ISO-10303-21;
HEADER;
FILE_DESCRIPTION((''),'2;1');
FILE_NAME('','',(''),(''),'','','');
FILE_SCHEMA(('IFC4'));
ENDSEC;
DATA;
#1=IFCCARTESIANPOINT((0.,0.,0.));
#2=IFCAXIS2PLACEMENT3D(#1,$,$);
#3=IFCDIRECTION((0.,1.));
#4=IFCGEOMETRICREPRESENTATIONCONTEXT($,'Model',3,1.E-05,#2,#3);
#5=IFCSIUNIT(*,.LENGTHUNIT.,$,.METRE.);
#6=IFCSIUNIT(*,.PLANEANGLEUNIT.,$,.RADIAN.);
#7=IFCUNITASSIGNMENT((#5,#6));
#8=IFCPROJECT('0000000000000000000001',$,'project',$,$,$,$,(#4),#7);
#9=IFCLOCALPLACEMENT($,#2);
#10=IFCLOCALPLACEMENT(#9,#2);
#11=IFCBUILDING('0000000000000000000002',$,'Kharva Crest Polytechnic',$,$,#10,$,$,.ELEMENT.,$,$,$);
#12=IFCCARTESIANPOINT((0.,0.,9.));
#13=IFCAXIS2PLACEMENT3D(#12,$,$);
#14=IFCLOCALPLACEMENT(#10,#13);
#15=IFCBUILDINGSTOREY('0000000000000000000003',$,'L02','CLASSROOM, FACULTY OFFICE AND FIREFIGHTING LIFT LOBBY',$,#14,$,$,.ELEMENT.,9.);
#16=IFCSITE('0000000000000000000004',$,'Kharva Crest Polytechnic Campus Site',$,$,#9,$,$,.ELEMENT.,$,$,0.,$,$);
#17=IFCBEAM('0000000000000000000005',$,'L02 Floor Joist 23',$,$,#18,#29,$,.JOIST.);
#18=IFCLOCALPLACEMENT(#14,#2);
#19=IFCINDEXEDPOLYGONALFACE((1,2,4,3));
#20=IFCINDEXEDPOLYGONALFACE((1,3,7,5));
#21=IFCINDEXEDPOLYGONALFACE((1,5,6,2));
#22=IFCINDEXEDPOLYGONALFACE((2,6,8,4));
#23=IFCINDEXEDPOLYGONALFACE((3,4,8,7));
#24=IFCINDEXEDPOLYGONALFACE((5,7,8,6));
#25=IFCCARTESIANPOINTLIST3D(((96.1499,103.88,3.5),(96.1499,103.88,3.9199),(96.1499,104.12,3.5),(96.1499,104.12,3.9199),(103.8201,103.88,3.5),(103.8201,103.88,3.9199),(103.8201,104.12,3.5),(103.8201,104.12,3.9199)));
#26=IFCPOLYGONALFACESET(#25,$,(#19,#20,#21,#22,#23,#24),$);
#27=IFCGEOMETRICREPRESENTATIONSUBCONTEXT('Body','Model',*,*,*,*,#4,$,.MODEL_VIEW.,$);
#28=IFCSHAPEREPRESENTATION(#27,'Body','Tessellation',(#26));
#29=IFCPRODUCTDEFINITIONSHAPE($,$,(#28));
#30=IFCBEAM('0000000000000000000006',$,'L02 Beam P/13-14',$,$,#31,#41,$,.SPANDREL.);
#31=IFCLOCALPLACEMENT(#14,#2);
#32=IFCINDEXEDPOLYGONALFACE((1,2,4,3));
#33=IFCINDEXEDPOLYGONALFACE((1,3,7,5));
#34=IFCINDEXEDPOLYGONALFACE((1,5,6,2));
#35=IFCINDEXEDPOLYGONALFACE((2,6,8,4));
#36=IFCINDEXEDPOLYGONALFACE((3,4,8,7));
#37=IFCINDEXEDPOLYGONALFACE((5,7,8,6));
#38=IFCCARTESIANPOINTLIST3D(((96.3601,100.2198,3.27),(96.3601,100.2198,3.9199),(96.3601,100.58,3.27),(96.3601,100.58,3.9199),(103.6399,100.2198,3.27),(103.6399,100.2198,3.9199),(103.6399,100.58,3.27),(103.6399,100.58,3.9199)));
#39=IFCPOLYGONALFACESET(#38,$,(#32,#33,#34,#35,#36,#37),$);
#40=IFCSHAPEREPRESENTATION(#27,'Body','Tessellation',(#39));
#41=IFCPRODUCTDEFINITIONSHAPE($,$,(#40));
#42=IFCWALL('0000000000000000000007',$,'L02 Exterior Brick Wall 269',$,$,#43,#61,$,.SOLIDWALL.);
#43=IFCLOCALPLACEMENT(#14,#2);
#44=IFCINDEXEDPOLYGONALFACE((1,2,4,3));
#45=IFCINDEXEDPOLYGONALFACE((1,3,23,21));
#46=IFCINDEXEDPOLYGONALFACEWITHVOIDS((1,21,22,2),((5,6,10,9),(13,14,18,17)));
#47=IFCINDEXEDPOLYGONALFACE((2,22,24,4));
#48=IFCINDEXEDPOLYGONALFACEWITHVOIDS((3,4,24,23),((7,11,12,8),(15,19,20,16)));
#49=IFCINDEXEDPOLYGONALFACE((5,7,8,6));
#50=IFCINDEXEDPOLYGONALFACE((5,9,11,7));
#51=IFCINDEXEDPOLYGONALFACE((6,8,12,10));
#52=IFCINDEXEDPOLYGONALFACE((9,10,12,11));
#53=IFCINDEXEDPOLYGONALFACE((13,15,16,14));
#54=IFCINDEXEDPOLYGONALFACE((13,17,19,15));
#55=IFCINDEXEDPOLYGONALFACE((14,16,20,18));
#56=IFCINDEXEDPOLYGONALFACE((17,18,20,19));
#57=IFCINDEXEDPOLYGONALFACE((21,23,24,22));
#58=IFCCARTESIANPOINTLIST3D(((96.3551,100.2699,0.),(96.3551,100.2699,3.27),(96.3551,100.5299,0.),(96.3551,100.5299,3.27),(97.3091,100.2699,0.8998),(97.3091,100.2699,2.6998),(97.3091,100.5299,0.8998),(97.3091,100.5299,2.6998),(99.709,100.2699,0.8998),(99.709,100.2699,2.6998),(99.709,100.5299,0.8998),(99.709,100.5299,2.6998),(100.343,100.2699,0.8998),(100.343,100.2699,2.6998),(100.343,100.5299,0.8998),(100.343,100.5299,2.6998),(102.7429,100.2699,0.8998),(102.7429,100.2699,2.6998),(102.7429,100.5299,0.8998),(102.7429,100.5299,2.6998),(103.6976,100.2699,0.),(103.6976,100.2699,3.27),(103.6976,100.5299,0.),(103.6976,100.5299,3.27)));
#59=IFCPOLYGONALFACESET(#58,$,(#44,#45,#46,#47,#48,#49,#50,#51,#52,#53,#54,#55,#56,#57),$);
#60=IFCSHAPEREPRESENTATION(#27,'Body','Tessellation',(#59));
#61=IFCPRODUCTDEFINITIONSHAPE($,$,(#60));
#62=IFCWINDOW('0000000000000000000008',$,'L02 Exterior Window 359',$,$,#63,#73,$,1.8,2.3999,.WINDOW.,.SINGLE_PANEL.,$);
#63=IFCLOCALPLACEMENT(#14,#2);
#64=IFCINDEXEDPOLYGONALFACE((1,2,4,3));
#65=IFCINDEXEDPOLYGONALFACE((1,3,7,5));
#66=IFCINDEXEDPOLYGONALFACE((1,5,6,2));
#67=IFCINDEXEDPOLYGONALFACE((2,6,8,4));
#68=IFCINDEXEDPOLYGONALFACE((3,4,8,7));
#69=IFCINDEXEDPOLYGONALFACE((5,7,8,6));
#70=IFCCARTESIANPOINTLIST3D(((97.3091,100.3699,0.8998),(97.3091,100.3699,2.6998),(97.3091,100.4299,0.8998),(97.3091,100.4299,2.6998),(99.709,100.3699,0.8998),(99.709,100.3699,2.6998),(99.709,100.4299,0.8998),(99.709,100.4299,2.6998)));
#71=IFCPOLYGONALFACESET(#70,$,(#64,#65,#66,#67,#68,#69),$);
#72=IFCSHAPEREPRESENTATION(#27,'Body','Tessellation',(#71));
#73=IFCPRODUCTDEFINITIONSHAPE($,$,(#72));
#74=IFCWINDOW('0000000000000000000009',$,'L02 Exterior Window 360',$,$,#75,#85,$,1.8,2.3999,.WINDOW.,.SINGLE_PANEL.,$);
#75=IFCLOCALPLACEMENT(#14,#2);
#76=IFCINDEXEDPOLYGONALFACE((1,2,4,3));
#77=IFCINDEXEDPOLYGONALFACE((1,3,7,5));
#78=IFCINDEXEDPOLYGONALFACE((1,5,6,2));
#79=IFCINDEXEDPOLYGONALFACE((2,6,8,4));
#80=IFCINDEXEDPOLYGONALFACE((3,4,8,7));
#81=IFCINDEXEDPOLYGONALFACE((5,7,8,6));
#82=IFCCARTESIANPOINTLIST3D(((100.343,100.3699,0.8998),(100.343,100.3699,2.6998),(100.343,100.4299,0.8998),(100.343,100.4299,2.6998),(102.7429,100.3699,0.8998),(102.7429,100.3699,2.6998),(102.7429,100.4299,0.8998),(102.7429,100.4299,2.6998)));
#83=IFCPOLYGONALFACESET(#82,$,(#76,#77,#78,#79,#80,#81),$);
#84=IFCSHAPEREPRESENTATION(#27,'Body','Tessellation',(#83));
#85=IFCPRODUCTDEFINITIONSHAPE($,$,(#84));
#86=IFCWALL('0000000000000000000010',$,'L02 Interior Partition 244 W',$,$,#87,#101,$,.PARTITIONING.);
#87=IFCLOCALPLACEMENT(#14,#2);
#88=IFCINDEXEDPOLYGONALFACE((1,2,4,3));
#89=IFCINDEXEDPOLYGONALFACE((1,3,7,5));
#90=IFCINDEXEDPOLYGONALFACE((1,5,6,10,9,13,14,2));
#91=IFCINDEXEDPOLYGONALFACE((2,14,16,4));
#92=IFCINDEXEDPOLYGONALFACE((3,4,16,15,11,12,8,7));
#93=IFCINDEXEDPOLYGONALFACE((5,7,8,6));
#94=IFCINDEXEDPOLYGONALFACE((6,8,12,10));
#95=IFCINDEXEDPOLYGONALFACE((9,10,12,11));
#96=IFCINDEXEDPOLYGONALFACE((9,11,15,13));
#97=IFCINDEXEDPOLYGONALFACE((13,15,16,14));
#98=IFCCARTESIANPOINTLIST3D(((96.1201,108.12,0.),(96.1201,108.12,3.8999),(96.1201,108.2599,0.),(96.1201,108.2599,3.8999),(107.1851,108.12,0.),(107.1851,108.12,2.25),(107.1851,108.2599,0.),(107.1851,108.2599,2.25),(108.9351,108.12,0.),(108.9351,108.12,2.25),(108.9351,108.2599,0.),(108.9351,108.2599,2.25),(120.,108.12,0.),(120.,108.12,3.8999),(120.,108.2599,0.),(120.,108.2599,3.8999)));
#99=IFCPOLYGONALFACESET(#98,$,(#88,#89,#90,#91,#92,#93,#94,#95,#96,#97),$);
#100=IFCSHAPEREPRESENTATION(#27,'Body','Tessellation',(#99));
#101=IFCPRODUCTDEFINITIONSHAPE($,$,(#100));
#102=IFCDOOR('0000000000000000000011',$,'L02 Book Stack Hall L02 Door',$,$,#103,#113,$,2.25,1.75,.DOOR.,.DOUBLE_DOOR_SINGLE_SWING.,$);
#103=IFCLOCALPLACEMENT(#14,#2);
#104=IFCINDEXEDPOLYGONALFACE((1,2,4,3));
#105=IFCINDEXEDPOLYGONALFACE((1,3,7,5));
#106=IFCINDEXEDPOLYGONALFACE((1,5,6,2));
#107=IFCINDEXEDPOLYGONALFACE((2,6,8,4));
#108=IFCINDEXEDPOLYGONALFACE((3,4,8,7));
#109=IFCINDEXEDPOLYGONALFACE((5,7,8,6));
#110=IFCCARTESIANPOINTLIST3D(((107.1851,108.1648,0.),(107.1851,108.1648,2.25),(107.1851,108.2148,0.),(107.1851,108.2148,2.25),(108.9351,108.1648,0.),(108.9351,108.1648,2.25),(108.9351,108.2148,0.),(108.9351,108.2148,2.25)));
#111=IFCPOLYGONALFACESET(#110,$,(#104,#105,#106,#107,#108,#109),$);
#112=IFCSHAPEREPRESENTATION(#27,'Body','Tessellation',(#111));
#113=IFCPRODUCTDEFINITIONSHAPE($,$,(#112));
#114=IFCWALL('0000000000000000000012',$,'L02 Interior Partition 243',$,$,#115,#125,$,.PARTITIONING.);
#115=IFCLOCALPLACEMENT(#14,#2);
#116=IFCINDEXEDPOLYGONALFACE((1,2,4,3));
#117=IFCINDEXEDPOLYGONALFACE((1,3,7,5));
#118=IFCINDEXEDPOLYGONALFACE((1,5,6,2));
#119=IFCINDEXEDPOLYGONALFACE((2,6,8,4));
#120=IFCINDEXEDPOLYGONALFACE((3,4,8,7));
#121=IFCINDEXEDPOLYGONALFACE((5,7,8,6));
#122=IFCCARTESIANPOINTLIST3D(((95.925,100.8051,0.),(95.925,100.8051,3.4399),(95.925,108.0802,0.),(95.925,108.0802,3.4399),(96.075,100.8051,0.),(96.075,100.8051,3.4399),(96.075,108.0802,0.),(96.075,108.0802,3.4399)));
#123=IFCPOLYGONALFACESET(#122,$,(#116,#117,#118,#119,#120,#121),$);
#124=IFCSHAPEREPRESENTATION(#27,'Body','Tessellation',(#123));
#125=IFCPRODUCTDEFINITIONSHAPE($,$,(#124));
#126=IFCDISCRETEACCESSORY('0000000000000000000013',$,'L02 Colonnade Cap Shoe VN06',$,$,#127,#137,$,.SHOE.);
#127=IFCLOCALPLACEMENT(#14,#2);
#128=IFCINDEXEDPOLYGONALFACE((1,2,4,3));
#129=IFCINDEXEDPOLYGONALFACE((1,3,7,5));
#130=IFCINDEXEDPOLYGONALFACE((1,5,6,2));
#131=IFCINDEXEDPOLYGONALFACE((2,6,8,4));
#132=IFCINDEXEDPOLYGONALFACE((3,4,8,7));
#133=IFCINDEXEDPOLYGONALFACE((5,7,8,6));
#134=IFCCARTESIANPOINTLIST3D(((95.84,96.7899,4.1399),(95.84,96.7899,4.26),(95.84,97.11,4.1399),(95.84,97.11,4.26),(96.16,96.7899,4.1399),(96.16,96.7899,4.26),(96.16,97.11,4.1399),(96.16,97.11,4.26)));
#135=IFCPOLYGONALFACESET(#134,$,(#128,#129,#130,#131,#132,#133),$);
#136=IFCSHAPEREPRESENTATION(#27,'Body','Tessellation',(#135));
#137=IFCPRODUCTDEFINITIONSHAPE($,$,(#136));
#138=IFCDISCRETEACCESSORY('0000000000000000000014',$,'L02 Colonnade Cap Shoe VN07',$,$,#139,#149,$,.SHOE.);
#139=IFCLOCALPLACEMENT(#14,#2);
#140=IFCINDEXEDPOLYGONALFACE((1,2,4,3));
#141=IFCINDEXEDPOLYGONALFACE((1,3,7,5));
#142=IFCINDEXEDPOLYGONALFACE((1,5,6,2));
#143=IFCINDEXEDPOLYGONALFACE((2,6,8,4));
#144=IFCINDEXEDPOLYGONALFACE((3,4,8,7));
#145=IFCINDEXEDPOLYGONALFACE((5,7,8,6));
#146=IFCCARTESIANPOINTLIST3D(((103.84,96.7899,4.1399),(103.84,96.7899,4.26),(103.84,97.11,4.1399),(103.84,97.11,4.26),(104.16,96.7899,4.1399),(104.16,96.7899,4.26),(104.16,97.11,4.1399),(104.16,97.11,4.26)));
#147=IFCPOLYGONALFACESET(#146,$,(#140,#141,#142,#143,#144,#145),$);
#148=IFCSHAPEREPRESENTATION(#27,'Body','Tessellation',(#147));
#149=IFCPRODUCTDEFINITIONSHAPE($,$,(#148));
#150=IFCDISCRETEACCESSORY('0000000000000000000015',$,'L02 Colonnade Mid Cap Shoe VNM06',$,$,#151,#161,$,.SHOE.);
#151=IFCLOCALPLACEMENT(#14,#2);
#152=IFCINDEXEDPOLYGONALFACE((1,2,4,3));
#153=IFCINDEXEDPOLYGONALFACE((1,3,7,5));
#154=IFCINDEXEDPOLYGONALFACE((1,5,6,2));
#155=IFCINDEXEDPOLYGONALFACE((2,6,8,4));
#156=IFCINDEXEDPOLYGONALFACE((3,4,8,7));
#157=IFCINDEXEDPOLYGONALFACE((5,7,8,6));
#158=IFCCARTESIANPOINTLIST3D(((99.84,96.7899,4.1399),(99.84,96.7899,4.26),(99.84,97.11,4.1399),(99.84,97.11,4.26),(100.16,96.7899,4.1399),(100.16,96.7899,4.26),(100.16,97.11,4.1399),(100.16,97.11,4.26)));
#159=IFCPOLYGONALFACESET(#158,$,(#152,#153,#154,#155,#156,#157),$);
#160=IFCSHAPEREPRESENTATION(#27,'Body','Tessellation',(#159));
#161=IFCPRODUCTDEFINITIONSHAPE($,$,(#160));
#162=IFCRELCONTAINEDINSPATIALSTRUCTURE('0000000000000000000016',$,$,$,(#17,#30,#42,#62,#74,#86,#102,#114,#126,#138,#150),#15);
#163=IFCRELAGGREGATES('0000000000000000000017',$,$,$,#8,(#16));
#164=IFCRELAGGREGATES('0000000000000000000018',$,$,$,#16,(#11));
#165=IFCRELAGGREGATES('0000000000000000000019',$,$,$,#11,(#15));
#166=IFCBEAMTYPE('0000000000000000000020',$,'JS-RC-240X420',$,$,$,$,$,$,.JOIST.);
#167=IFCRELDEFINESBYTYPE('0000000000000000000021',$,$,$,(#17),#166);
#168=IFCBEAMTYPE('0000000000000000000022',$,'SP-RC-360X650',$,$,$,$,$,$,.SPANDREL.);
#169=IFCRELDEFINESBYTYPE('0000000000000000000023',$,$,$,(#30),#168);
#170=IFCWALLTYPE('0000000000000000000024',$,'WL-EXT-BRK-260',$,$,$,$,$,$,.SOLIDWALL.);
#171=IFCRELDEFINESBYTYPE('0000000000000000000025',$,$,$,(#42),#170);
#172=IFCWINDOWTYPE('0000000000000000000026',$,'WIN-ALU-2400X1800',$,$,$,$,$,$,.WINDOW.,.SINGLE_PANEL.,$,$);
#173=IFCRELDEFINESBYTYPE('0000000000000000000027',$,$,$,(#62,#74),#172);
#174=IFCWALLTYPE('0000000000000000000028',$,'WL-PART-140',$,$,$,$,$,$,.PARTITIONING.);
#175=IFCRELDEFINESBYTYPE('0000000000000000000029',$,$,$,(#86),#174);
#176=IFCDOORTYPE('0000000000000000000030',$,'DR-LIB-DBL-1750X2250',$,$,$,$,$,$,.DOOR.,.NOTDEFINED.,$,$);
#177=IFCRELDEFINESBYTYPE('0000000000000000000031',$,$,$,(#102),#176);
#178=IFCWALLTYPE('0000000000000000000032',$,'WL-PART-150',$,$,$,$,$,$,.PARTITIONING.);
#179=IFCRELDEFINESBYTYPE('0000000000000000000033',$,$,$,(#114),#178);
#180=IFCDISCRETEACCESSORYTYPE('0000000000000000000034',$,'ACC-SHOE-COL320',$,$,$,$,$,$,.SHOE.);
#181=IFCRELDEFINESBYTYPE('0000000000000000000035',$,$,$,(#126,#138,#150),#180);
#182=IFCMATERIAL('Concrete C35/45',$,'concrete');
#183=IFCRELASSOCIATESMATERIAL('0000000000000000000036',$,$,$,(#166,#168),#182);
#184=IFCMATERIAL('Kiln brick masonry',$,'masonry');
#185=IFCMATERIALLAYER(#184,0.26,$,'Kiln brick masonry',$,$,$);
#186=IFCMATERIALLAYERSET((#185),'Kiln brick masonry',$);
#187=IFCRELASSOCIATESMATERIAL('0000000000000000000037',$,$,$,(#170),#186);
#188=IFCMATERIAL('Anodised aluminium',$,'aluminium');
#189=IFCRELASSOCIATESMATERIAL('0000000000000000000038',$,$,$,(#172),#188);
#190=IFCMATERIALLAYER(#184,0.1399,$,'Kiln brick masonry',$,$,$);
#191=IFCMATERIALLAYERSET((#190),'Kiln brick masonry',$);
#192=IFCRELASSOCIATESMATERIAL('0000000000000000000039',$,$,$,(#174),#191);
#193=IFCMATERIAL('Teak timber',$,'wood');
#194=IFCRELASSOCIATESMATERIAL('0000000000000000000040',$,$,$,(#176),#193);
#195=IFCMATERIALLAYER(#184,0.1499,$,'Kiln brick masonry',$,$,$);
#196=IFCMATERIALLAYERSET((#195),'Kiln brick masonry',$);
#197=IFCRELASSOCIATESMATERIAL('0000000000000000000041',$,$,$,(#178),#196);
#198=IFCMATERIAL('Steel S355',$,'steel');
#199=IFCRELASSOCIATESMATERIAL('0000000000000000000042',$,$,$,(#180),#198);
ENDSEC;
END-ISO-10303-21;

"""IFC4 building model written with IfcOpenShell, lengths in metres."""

from ifc_helpers import new_model, si_unit, direction, frame, frame_2d, origin, origin_2d, place, context, subcontext, project, spatial, rectangle, extrude, material, layer, layer_set, material_profile, profile_set, type_object, element, fill, save


model = new_model("IFC4")

# Units and contexts
model_context = context("Model", 3, precision=1e-05, world=origin(), true_north=direction((0.0, 1.0)))
body_context = subcontext(model_context, "Body", "Model", "MODEL_VIEW")
ifc_project = project(units=[si_unit("LENGTHUNIT", "METRE"), si_unit("PLANEANGLEUNIT", "RADIAN")], contexts=[model_context])

# Site, building, storey
site_placement = place(None, origin())
site = spatial("IfcSite", under=ifc_project, at=site_placement, Name="Kharva Crest Polytechnic Campus Site", CompositionType="ELEMENT", RefElevation=0.0)
building_placement = place(site_placement, origin())
building = spatial("IfcBuilding", under=site, at=building_placement, Name="Kharva Crest Polytechnic", CompositionType="ELEMENT")
storey_placement = place(building_placement, frame((0.0, 0.0, 9.0)))
storey = spatial("IfcBuildingStorey", under=building, at=storey_placement, Name="L02", Description="CLASSROOM, FACULTY OFFICE AND FIREFIGHTING LIFT LOBBY", CompositionType="ELEMENT", Elevation=9.0)

# Shared definitions
ifc_material_1 = material(Name="Steel S355", Category="steel")

# Beams
ifc_material_2 = material(Name="Concrete C35/45", Category="concrete")
ifc_material_profile_1 = material_profile(ifc_material_2, rectangle(XDim=0.24, YDim=0.4199, at=origin_2d()), Name="RECT 240 X 420")
ifc_profile_set_1 = profile_set([ifc_material_profile_1], Name="Concrete C35/45")
beam_type_1 = type_object("IfcBeamType", Name="JS-RC-240X420", PredefinedType="JOIST", material=ifc_profile_set_1)
beam_1_placement = place(storey_placement, frame((96.1499, 104.0, 3.71), z_axis=(1.0, 0.0, 0.0), x_axis=(0.0, 1.0, 0.0)))
element("IfcBeam", 1, at=beam_1_placement, inside=storey, type_object=beam_type_1, Name="L02 Floor Joist 23", PredefinedType="JOIST", context=body_context, shape_type="SweptSolid", body=[
    extrude(rectangle(XDim=0.24, YDim=0.4199, at=origin_2d()), origin(), (0.0, 0.0, 1.0), 7.6702),
])
ifc_material_profile_2 = material_profile(ifc_material_2, rectangle(XDim=0.3601, YDim=0.6499, at=origin_2d()), Name="RECT 360 X 650")
ifc_profile_set_2 = profile_set([ifc_material_profile_2], Name="Concrete C35/45")
beam_type_2 = type_object("IfcBeamType", Name="SP-RC-360X650", PredefinedType="SPANDREL", material=ifc_profile_set_2)
beam_2_placement = place(storey_placement, frame((96.3601, 100.3999, 3.595), z_axis=(1.0, 0.0, 0.0), x_axis=(0.0, 1.0, 0.0)))
element("IfcBeam", 2, at=beam_2_placement, inside=storey, type_object=beam_type_2, Name="L02 Beam P/13-14", PredefinedType="SPANDREL", context=body_context, shape_type="SweptSolid", body=[
    extrude(rectangle(XDim=0.3601, YDim=0.6499, at=origin_2d()), origin(), (0.0, 0.0, 1.0), 7.2798),
])

# Wall, openings, windows
ifc_material_3 = material(Name="Kiln brick masonry", Category="masonry")
ifc_layer_1 = layer(ifc_material_3, 0.26, Name="Kiln brick masonry")
ifc_layer_set_1 = layer_set([ifc_layer_1], Name="Kiln brick masonry")
wall_type_1 = type_object("IfcWallType", Name="WL-EXT-BRK-260", PredefinedType="SOLIDWALL", material=ifc_layer_set_1)
wall_1_placement = place(storey_placement, frame((96.355, 100.3999, 0.0), z_axis=(0.0, 0.0, 1.0), x_axis=(1.0, 0.0, 0.0)))
wall_1 = element("IfcWall", 3, at=wall_1_placement, inside=storey, type_object=wall_type_1, Name="L02 Exterior Brick Wall 269", PredefinedType="SOLIDWALL", context=body_context, shape_type="SweptSolid", body=[
    extrude(rectangle(XDim=7.3425, YDim=0.26, at=frame_2d((3.6714, 0.0))), origin(), (0.0, 0.0, 1.0), 3.27),
])
opening_1_placement = place(wall_1_placement, frame((0.9541, 0.0, 0.8999)))
opening_1 = element("IfcOpeningElement", 4, at=opening_1_placement, cuts=wall_1, PredefinedType="OPENING", context=body_context, shape_type="SweptSolid", body=[
    extrude(rectangle(XDim=2.3999, YDim=1.8, at=frame_2d((1.2, 0.8999))), frame((0.0, 0.1399, 0.0), z_axis=(0.0, -1.0, 0.0), x_axis=(1.0, 0.0, 0.0)), (0.0, 0.0, 1.0), 0.28),
])
opening_2_placement = place(wall_1_placement, frame((3.988, 0.0, 0.8999)))
opening_2 = element("IfcOpeningElement", 5, at=opening_2_placement, cuts=wall_1, PredefinedType="OPENING", context=body_context, shape_type="SweptSolid", body=[
    extrude(rectangle(XDim=2.3999, YDim=1.8, at=frame_2d((1.2, 0.8999))), frame((0.0, 0.1399, 0.0), z_axis=(0.0, -1.0, 0.0), x_axis=(1.0, 0.0, 0.0)), (0.0, 0.0, 1.0), 0.28),
])
ifc_material_4 = material(Name="Anodised aluminium", Category="aluminium")
window_type = type_object("IfcWindowType", Name="WIN-ALU-2400X1800", PartitioningType="SINGLE_PANEL", PredefinedType="WINDOW", material=ifc_material_4)
window_1_placement = place(opening_1_placement, origin())
window_1 = element("IfcWindow", 6, at=window_1_placement, inside=storey, type_object=window_type, Name="L02 Exterior Window 359", OverallHeight=1.8, OverallWidth=2.3999, PartitioningType="SINGLE_PANEL", PredefinedType="WINDOW", context=body_context, shape_type="SweptSolid", body=[
    extrude(rectangle(XDim=2.3999, YDim=1.8, at=frame_2d((1.2, 0.8999))), frame((0.0, 0.03, 0.0), z_axis=(0.0, -1.0, 0.0), x_axis=(1.0, 0.0, 0.0)), (0.0, 0.0, 1.0), 0.0601),
])
fill(opening_1, window_1)
window_2_placement = place(opening_2_placement, origin())
window_2 = element("IfcWindow", 7, at=window_2_placement, inside=storey, type_object=window_type, Name="L02 Exterior Window 360", OverallHeight=1.8, OverallWidth=2.3999, PartitioningType="SINGLE_PANEL", PredefinedType="WINDOW", context=body_context, shape_type="SweptSolid", body=[
    extrude(rectangle(XDim=2.3999, YDim=1.8, at=frame_2d((1.2, 0.8999))), frame((0.0, 0.03, 0.0), z_axis=(0.0, -1.0, 0.0), x_axis=(1.0, 0.0, 0.0)), (0.0, 0.0, 1.0), 0.0601),
])
fill(opening_2, window_2)

# Wall, opening, door
ifc_layer_2 = layer(ifc_material_3, 0.1399, Name="Kiln brick masonry")
ifc_layer_set_2 = layer_set([ifc_layer_2], Name="Kiln brick masonry")
wall_type_2 = type_object("IfcWallType", Name="WL-PART-140", PredefinedType="PARTITIONING", material=ifc_layer_set_2)
wall_2_placement = place(storey_placement, frame((96.1201, 108.1899, 0.0), z_axis=(0.0, 0.0, 1.0), x_axis=(1.0, 0.0, 0.0)))
wall_2 = element("IfcWall", 8, at=wall_2_placement, inside=storey, type_object=wall_type_2, Name="L02 Interior Partition 244 W", PredefinedType="PARTITIONING", context=body_context, shape_type="SweptSolid", body=[
    extrude(rectangle(XDim=23.8799, YDim=0.1399, at=frame_2d((11.9399, 0.0))), origin(), (0.0, 0.0, 1.0), 3.8999),
])
opening_3_placement = place(wall_2_placement, frame((11.0649, 0.0, 0.0)))
opening_3 = element("IfcOpeningElement", 9, at=opening_3_placement, cuts=wall_2, PredefinedType="OPENING", context=body_context, shape_type="SweptSolid", body=[
    extrude(rectangle(XDim=1.75, YDim=2.25, at=frame_2d((0.875, 1.125))), frame((0.0, 0.0798, 0.0), z_axis=(0.0, -1.0, 0.0), x_axis=(1.0, 0.0, 0.0)), (0.0, 0.0, 1.0), 0.1599),
])
ifc_material_5 = material(Name="Teak timber", Category="wood")
door_type = type_object("IfcDoorType", Name="DR-LIB-DBL-1750X2250", OperationType="NOTDEFINED", PredefinedType="DOOR", material=ifc_material_5)
door_placement = place(opening_3_placement, origin())
door = element("IfcDoor", 10, at=door_placement, inside=storey, type_object=door_type, Name="L02 Book Stack Hall L02 Door", OperationType="DOUBLE_DOOR_SINGLE_SWING", OverallHeight=2.25, OverallWidth=1.75, PredefinedType="DOOR", context=body_context, shape_type="SweptSolid", body=[
    extrude(rectangle(XDim=1.75, YDim=2.25, at=frame_2d((0.875, 1.125))), frame((0.0, 0.0249, 0.0), z_axis=(0.0, -1.0, 0.0), x_axis=(1.0, 0.0, 0.0)), (0.0, 0.0, 1.0), 0.05),
])
fill(opening_3, door)

# Wall
ifc_layer_3 = layer(ifc_material_3, 0.1499, Name="Kiln brick masonry")
ifc_layer_set_3 = layer_set([ifc_layer_3], Name="Kiln brick masonry")
wall_type_3 = type_object("IfcWallType", Name="WL-PART-150", PredefinedType="PARTITIONING", material=ifc_layer_set_3)
wall_3_placement = place(storey_placement, frame((96.0, 100.8049, 0.0), z_axis=(0.0, 0.0, 1.0), x_axis=(0.0, 1.0, 0.0)))
element("IfcWall", 11, at=wall_3_placement, inside=storey, type_object=wall_type_3, Name="L02 Interior Partition 243", PredefinedType="PARTITIONING", context=body_context, shape_type="SweptSolid", body=[
    extrude(rectangle(XDim=7.2751, YDim=0.1499, at=frame_2d((3.6377, 0.0))), origin(), (0.0, 0.0, 1.0), 3.4399),
])

# Discrete accessories
discrete_accessory_type = type_object("IfcDiscreteAccessoryType", Name="ACC-SHOE-COL320", PredefinedType="SHOE", material=ifc_material_1)
for number, where, z_axis, x_axis, name in (
    (12, (96.0, 96.95, 4.1399), (0.0, 0.0, 1.0), (1.0, 0.0, 0.0), "L02 Colonnade Cap Shoe VN06"),
    (13, (104.0, 96.95, 4.1399), (0.0, 0.0, 1.0), (1.0, 0.0, 0.0), "L02 Colonnade Cap Shoe VN07"),
    (14, (100.0, 96.95, 4.1399), (0.0, 0.0, 1.0), (1.0, 0.0, 0.0), "L02 Colonnade Mid Cap Shoe VNM06"),
):
    element("IfcDiscreteAccessory", number, at=place(storey_placement, frame(where, z_axis=z_axis, x_axis=x_axis)), inside=storey, type_object=discrete_accessory_type, Name=name, PredefinedType="SHOE", context=body_context, shape_type="SweptSolid", body=[
        extrude(rectangle(XDim=0.3201, YDim=0.3201, at=origin_2d()), origin(), (0.0, 0.0, 1.0), 0.1201),
    ])

save(model, "model.ifc")
